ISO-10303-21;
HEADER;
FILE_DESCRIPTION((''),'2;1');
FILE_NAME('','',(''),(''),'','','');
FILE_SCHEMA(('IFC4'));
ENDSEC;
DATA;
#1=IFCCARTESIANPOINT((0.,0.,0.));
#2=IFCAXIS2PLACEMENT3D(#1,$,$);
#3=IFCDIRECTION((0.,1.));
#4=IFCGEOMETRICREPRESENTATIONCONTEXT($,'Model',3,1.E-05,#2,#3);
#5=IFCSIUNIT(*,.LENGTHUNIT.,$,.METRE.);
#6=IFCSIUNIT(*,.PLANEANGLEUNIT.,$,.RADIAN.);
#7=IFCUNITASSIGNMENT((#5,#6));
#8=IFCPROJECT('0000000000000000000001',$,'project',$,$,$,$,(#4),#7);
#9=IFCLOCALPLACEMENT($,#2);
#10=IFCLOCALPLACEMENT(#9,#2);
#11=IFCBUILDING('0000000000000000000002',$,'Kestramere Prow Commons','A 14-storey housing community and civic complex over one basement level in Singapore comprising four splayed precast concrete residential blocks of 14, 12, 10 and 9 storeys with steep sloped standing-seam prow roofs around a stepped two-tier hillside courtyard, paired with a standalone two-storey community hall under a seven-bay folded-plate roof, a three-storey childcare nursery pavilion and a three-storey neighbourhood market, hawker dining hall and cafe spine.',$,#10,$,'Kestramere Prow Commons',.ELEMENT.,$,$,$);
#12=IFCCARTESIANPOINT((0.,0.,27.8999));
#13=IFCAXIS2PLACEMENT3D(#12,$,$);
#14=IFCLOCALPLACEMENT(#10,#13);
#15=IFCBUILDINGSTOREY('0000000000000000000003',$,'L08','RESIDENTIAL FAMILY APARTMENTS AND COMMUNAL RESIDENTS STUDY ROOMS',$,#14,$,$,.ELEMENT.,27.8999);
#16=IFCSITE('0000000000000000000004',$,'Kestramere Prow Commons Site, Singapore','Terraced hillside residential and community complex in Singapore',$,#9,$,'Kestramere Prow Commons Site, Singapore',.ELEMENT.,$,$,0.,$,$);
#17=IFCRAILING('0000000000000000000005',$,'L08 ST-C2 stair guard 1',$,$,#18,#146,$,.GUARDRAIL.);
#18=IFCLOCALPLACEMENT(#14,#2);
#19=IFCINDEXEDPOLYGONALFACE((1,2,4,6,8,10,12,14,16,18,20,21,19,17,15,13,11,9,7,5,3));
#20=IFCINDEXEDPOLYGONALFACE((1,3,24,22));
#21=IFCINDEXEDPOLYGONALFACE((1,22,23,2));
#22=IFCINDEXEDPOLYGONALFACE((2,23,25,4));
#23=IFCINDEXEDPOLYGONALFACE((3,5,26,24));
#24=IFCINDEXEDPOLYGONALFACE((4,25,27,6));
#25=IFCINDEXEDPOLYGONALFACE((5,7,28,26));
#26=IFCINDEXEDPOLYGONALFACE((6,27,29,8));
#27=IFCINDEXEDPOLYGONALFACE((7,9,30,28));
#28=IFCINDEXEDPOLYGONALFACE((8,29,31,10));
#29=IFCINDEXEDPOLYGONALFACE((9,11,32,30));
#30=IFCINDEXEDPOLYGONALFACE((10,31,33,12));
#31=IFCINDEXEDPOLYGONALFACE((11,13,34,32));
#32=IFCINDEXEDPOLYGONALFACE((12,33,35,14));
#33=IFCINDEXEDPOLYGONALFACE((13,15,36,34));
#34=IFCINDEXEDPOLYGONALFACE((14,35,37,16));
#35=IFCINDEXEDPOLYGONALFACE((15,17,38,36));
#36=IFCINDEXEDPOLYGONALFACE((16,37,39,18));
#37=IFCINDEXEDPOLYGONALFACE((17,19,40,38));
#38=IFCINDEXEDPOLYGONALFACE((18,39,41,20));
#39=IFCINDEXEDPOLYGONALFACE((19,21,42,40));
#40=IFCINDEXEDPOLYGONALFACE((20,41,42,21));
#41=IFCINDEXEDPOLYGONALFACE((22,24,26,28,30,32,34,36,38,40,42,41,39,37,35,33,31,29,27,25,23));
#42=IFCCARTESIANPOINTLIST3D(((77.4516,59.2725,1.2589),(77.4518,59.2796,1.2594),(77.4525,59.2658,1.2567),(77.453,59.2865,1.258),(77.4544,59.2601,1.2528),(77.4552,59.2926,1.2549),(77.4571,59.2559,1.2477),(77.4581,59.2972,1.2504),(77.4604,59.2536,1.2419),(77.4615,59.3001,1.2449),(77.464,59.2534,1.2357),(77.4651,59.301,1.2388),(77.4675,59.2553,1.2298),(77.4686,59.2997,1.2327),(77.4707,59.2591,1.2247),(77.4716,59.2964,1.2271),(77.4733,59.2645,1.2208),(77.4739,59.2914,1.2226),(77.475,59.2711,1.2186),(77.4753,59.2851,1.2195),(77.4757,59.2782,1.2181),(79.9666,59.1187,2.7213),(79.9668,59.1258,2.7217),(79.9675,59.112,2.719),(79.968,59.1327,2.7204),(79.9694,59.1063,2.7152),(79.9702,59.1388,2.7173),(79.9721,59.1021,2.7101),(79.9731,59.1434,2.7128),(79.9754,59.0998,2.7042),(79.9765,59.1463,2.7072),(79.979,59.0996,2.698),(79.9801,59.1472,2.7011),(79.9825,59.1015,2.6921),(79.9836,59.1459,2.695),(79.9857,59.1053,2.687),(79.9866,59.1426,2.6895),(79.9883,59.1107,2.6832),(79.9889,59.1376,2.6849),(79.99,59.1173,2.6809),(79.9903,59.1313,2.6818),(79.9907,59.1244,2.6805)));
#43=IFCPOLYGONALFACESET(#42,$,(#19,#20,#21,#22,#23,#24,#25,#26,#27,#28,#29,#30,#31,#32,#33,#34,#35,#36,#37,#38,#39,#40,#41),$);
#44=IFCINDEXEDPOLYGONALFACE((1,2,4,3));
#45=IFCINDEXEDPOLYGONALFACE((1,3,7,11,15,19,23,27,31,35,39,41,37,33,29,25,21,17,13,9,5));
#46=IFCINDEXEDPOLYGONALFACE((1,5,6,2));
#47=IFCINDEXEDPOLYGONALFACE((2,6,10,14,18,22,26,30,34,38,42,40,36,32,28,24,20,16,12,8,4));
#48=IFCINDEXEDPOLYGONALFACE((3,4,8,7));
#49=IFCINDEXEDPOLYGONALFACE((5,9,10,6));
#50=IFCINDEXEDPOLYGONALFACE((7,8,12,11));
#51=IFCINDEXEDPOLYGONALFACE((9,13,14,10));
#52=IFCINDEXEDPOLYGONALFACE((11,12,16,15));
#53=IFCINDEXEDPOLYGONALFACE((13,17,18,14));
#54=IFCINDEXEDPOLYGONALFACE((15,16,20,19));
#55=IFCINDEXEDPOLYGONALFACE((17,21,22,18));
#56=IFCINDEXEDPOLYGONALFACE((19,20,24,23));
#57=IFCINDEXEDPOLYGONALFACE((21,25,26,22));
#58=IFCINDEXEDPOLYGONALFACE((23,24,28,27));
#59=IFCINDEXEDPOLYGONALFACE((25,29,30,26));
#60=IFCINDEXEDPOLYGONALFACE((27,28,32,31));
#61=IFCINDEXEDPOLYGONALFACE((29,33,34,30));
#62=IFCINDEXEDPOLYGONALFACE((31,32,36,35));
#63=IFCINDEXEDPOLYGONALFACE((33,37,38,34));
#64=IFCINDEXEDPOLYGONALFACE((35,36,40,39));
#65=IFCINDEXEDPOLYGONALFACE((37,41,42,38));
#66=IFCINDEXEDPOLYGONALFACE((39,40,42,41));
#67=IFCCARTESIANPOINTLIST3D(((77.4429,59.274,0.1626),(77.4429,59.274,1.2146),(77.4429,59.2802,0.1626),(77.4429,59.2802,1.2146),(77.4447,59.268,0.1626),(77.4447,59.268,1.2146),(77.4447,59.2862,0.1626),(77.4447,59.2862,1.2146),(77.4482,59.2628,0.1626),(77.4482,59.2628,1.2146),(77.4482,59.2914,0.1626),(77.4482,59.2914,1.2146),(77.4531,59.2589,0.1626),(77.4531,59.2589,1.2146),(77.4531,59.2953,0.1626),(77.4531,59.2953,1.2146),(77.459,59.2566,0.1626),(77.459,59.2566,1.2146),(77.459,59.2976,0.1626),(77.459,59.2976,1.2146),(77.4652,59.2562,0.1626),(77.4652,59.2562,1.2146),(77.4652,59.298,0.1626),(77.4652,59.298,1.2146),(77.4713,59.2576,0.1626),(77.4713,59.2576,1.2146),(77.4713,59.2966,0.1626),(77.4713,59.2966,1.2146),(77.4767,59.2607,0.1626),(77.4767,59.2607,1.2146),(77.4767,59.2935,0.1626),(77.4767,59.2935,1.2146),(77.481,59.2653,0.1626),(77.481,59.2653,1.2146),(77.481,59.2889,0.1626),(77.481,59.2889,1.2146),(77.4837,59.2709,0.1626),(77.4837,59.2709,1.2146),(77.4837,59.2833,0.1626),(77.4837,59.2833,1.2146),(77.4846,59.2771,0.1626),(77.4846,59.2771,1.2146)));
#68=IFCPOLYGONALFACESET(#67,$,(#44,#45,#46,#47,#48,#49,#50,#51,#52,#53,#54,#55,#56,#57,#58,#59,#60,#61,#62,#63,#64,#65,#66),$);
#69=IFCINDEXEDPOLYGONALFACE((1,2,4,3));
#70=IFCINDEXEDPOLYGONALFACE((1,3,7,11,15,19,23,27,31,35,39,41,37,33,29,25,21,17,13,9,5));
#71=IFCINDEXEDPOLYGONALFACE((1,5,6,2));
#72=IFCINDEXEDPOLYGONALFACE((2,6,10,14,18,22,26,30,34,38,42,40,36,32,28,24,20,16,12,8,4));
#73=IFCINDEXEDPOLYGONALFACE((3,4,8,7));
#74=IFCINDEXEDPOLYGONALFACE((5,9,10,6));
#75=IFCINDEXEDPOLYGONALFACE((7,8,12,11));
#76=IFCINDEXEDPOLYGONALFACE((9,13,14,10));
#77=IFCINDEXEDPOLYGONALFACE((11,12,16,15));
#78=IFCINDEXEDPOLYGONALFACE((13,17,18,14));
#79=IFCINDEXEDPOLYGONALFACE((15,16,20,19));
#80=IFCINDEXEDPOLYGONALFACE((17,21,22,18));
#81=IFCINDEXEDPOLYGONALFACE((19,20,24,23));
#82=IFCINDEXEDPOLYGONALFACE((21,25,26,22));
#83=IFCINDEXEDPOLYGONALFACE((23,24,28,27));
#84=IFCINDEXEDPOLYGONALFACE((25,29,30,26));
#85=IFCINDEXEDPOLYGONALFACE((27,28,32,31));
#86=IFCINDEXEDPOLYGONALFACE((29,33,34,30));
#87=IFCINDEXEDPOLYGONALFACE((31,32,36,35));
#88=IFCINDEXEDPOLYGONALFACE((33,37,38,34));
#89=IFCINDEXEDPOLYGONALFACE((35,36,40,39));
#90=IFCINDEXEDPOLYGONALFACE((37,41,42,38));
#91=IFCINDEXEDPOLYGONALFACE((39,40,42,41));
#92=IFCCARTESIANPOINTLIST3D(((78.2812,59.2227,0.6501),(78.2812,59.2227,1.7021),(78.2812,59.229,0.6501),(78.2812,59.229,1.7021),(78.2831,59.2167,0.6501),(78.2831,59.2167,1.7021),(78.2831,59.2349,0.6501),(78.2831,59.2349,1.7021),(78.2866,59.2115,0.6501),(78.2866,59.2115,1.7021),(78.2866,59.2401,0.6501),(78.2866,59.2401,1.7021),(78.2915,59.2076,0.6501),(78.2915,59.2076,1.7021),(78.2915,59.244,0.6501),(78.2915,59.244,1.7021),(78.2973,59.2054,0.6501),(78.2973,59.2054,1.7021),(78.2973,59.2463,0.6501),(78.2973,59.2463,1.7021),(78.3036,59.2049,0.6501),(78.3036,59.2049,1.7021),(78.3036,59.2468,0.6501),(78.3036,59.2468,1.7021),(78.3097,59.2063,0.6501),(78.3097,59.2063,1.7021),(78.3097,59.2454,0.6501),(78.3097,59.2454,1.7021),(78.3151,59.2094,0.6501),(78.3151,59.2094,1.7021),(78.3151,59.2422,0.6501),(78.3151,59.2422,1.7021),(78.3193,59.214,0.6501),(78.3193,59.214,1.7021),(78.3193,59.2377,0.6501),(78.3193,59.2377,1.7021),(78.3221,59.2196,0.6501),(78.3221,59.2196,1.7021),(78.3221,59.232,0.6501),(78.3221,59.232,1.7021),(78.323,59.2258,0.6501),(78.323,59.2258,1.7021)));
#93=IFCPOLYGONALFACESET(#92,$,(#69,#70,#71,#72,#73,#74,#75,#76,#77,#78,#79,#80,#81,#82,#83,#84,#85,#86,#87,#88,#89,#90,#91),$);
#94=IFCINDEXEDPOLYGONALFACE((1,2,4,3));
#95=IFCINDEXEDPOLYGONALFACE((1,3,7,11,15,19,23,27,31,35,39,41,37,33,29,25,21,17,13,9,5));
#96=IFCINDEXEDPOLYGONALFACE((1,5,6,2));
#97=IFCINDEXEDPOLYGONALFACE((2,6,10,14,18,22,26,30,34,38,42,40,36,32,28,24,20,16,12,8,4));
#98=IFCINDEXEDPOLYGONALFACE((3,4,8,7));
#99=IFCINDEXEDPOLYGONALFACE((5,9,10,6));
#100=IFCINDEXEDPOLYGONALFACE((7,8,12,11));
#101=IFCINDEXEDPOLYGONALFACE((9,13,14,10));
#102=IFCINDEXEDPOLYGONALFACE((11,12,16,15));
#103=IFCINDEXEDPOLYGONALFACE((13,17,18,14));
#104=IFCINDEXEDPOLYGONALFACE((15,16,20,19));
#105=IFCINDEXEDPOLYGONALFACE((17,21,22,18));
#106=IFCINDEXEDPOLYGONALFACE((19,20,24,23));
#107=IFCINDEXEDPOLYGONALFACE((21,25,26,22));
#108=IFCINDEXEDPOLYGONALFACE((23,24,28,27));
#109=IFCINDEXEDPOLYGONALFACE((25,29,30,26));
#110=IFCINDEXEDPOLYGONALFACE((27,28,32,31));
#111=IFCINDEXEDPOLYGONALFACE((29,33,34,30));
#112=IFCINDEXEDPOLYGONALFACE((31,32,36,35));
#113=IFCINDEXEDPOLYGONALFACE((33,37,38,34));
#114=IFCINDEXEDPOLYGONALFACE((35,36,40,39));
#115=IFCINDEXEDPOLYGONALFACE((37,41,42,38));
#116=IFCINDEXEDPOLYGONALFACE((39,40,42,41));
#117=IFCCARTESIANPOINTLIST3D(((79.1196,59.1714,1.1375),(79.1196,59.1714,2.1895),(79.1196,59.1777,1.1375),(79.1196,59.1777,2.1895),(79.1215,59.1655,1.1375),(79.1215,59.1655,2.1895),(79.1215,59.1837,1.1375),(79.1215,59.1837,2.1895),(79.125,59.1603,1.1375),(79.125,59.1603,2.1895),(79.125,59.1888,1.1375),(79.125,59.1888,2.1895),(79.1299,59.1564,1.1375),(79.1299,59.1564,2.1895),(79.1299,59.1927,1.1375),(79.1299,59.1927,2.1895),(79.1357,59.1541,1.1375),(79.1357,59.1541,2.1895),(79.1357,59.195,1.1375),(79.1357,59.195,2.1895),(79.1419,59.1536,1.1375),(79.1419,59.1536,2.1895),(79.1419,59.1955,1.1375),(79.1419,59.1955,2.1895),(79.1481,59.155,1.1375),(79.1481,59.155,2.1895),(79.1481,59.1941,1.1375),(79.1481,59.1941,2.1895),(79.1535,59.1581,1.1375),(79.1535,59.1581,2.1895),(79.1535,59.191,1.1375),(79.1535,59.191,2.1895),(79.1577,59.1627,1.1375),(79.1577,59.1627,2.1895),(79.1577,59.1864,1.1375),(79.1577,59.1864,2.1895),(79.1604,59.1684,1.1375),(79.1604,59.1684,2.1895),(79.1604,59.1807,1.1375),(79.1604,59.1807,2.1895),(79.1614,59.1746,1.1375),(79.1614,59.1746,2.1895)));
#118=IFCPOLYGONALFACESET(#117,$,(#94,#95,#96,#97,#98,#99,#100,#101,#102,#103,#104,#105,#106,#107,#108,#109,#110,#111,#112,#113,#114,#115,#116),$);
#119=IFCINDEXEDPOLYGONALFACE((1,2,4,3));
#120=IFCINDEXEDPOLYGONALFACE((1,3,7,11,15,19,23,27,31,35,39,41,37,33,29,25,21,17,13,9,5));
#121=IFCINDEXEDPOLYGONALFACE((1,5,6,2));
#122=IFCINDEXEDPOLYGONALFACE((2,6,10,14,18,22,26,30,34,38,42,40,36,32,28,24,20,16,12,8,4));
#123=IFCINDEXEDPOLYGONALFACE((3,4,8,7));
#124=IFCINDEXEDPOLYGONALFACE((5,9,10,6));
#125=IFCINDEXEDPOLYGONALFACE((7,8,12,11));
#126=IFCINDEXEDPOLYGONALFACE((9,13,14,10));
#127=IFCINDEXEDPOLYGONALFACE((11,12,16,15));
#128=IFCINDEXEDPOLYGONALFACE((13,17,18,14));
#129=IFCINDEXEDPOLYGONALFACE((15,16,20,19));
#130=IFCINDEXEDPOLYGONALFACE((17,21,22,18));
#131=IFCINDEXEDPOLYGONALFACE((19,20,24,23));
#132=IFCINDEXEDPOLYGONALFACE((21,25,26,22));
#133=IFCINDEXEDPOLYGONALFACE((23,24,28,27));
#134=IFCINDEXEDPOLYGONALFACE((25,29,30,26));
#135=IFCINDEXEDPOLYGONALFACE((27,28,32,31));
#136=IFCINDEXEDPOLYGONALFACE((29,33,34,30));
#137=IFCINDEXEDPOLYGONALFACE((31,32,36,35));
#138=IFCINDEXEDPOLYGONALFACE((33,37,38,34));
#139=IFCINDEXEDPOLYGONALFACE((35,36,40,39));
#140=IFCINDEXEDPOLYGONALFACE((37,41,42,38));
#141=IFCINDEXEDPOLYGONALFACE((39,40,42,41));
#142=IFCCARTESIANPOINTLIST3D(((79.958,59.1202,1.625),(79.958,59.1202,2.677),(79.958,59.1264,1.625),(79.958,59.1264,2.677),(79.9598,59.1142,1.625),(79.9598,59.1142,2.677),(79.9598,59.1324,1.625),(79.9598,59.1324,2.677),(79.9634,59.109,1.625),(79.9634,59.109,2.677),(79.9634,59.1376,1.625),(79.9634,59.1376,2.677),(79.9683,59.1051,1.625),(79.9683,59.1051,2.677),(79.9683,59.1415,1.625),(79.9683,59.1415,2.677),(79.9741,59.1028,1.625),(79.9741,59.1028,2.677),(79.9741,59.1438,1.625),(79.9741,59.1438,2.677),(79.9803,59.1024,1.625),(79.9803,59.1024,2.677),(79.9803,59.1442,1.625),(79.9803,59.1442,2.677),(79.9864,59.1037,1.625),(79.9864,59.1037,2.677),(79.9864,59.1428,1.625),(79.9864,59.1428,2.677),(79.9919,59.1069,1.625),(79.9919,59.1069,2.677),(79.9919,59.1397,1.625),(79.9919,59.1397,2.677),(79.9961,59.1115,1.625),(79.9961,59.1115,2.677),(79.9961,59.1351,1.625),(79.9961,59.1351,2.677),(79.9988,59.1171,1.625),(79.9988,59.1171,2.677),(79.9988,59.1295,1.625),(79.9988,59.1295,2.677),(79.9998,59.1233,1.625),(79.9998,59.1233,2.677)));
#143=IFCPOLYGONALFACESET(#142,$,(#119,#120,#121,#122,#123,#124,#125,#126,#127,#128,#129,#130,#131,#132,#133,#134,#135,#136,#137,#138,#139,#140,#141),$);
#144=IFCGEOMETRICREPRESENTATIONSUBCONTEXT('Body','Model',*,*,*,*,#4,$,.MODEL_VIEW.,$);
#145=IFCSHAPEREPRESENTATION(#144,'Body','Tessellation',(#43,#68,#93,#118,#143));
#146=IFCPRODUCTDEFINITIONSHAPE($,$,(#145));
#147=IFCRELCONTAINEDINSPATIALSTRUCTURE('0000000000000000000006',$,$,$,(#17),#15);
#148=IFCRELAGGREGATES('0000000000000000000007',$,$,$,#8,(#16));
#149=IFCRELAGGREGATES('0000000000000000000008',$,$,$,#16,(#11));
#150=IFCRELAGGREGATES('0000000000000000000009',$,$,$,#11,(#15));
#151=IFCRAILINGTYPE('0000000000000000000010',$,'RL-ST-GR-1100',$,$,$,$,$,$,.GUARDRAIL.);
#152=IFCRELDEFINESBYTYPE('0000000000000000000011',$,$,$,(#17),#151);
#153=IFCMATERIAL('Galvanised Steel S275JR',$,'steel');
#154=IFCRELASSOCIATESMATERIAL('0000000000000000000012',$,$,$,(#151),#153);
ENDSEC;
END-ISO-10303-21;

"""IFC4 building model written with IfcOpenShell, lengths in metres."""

from ifc_helpers import new_model, si_unit, direction, frame, origin, origin_2d, place, context, subcontext, project, spatial, circle, extrude, material, type_object, element, save


model = new_model("IFC4")

# Units and contexts
model_context = context("Model", 3, precision=1e-05, world=origin(), true_north=direction((0.0, 1.0)))
body_context = subcontext(model_context, "Body", "Model", "MODEL_VIEW")
ifc_project = project(units=[si_unit("LENGTHUNIT", "METRE"), si_unit("PLANEANGLEUNIT", "RADIAN")], contexts=[model_context])

# Site, building, storey
site_placement = place(None, origin())
site = spatial("IfcSite", under=ifc_project, at=site_placement, Name="Kestramere Prow Commons Site, Singapore", Description="Terraced hillside residential and community complex in Singapore", LongName="Kestramere Prow Commons Site, Singapore", CompositionType="ELEMENT", RefElevation=0.0)
building_placement = place(site_placement, origin())
building = spatial("IfcBuilding", under=site, at=building_placement, Name="Kestramere Prow Commons", Description="A 14-storey housing community and civic complex over one basement level in Singapore comprising four splayed precast concrete residential blocks of 14, 12, 10 and 9 storeys with steep sloped standing-seam prow roofs around a stepped two-tier hillside courtyard, paired with a standalone two-storey community hall under a seven-bay folded-plate roof, a three-storey childcare nursery pavilion and a three-storey neighbourhood market, hawker dining hall and cafe spine.", LongName="Kestramere Prow Commons", CompositionType="ELEMENT")
storey_placement = place(building_placement, frame((0.0, 0.0, 27.8999)))
storey = spatial("IfcBuildingStorey", under=building, at=storey_placement, Name="L08", Description="RESIDENTIAL FAMILY APARTMENTS AND COMMUNAL RESIDENTS STUDY ROOMS", CompositionType="ELEMENT", Elevation=27.8999)

# Railing
ifc_material_1 = material(Name="Galvanised Steel S275JR", Category="steel")
railing_type_1 = type_object("IfcRailingType", Name="RL-ST-GR-1100", PredefinedType="GUARDRAIL", material=ifc_material_1)
railing_1_placement = place(storey_placement, frame((77.4636, 59.2771, 0.1626)))
element("IfcRailing", 1, at=railing_1_placement, inside=storey, type_object=railing_type_1, Name="L08 ST-C2 stair guard 1", PredefinedType="GUARDRAIL", context=body_context, shape_type="SweptSolid", body=[
    extrude(circle(Radius=0.0239, at=origin_2d()), frame((0.0, 0.0, 1.0762), z_axis=(0.863285, -0.052793, 0.501949), x_axis=(0.061039, 0.998135, 0.0)), (0.0, 0.0, 1.0), 2.9133),
    extrude(circle(Radius=0.021, at=origin_2d()), origin(), (0.0, 0.0, 1.0), 1.052),
    extrude(circle(Radius=0.021, at=origin_2d()), frame((0.8384, -0.0513, 0.4875)), (0.0, 0.0, 1.0), 1.052),
    extrude(circle(Radius=0.021, at=origin_2d()), frame((1.6768, -0.1025, 0.9749)), (0.0, 0.0, 1.0), 1.052),
    extrude(circle(Radius=0.021, at=origin_2d()), frame((2.5151, -0.1538, 1.4624)), (0.0, 0.0, 1.0), 1.052),
])

save(model, "model.ifc")
